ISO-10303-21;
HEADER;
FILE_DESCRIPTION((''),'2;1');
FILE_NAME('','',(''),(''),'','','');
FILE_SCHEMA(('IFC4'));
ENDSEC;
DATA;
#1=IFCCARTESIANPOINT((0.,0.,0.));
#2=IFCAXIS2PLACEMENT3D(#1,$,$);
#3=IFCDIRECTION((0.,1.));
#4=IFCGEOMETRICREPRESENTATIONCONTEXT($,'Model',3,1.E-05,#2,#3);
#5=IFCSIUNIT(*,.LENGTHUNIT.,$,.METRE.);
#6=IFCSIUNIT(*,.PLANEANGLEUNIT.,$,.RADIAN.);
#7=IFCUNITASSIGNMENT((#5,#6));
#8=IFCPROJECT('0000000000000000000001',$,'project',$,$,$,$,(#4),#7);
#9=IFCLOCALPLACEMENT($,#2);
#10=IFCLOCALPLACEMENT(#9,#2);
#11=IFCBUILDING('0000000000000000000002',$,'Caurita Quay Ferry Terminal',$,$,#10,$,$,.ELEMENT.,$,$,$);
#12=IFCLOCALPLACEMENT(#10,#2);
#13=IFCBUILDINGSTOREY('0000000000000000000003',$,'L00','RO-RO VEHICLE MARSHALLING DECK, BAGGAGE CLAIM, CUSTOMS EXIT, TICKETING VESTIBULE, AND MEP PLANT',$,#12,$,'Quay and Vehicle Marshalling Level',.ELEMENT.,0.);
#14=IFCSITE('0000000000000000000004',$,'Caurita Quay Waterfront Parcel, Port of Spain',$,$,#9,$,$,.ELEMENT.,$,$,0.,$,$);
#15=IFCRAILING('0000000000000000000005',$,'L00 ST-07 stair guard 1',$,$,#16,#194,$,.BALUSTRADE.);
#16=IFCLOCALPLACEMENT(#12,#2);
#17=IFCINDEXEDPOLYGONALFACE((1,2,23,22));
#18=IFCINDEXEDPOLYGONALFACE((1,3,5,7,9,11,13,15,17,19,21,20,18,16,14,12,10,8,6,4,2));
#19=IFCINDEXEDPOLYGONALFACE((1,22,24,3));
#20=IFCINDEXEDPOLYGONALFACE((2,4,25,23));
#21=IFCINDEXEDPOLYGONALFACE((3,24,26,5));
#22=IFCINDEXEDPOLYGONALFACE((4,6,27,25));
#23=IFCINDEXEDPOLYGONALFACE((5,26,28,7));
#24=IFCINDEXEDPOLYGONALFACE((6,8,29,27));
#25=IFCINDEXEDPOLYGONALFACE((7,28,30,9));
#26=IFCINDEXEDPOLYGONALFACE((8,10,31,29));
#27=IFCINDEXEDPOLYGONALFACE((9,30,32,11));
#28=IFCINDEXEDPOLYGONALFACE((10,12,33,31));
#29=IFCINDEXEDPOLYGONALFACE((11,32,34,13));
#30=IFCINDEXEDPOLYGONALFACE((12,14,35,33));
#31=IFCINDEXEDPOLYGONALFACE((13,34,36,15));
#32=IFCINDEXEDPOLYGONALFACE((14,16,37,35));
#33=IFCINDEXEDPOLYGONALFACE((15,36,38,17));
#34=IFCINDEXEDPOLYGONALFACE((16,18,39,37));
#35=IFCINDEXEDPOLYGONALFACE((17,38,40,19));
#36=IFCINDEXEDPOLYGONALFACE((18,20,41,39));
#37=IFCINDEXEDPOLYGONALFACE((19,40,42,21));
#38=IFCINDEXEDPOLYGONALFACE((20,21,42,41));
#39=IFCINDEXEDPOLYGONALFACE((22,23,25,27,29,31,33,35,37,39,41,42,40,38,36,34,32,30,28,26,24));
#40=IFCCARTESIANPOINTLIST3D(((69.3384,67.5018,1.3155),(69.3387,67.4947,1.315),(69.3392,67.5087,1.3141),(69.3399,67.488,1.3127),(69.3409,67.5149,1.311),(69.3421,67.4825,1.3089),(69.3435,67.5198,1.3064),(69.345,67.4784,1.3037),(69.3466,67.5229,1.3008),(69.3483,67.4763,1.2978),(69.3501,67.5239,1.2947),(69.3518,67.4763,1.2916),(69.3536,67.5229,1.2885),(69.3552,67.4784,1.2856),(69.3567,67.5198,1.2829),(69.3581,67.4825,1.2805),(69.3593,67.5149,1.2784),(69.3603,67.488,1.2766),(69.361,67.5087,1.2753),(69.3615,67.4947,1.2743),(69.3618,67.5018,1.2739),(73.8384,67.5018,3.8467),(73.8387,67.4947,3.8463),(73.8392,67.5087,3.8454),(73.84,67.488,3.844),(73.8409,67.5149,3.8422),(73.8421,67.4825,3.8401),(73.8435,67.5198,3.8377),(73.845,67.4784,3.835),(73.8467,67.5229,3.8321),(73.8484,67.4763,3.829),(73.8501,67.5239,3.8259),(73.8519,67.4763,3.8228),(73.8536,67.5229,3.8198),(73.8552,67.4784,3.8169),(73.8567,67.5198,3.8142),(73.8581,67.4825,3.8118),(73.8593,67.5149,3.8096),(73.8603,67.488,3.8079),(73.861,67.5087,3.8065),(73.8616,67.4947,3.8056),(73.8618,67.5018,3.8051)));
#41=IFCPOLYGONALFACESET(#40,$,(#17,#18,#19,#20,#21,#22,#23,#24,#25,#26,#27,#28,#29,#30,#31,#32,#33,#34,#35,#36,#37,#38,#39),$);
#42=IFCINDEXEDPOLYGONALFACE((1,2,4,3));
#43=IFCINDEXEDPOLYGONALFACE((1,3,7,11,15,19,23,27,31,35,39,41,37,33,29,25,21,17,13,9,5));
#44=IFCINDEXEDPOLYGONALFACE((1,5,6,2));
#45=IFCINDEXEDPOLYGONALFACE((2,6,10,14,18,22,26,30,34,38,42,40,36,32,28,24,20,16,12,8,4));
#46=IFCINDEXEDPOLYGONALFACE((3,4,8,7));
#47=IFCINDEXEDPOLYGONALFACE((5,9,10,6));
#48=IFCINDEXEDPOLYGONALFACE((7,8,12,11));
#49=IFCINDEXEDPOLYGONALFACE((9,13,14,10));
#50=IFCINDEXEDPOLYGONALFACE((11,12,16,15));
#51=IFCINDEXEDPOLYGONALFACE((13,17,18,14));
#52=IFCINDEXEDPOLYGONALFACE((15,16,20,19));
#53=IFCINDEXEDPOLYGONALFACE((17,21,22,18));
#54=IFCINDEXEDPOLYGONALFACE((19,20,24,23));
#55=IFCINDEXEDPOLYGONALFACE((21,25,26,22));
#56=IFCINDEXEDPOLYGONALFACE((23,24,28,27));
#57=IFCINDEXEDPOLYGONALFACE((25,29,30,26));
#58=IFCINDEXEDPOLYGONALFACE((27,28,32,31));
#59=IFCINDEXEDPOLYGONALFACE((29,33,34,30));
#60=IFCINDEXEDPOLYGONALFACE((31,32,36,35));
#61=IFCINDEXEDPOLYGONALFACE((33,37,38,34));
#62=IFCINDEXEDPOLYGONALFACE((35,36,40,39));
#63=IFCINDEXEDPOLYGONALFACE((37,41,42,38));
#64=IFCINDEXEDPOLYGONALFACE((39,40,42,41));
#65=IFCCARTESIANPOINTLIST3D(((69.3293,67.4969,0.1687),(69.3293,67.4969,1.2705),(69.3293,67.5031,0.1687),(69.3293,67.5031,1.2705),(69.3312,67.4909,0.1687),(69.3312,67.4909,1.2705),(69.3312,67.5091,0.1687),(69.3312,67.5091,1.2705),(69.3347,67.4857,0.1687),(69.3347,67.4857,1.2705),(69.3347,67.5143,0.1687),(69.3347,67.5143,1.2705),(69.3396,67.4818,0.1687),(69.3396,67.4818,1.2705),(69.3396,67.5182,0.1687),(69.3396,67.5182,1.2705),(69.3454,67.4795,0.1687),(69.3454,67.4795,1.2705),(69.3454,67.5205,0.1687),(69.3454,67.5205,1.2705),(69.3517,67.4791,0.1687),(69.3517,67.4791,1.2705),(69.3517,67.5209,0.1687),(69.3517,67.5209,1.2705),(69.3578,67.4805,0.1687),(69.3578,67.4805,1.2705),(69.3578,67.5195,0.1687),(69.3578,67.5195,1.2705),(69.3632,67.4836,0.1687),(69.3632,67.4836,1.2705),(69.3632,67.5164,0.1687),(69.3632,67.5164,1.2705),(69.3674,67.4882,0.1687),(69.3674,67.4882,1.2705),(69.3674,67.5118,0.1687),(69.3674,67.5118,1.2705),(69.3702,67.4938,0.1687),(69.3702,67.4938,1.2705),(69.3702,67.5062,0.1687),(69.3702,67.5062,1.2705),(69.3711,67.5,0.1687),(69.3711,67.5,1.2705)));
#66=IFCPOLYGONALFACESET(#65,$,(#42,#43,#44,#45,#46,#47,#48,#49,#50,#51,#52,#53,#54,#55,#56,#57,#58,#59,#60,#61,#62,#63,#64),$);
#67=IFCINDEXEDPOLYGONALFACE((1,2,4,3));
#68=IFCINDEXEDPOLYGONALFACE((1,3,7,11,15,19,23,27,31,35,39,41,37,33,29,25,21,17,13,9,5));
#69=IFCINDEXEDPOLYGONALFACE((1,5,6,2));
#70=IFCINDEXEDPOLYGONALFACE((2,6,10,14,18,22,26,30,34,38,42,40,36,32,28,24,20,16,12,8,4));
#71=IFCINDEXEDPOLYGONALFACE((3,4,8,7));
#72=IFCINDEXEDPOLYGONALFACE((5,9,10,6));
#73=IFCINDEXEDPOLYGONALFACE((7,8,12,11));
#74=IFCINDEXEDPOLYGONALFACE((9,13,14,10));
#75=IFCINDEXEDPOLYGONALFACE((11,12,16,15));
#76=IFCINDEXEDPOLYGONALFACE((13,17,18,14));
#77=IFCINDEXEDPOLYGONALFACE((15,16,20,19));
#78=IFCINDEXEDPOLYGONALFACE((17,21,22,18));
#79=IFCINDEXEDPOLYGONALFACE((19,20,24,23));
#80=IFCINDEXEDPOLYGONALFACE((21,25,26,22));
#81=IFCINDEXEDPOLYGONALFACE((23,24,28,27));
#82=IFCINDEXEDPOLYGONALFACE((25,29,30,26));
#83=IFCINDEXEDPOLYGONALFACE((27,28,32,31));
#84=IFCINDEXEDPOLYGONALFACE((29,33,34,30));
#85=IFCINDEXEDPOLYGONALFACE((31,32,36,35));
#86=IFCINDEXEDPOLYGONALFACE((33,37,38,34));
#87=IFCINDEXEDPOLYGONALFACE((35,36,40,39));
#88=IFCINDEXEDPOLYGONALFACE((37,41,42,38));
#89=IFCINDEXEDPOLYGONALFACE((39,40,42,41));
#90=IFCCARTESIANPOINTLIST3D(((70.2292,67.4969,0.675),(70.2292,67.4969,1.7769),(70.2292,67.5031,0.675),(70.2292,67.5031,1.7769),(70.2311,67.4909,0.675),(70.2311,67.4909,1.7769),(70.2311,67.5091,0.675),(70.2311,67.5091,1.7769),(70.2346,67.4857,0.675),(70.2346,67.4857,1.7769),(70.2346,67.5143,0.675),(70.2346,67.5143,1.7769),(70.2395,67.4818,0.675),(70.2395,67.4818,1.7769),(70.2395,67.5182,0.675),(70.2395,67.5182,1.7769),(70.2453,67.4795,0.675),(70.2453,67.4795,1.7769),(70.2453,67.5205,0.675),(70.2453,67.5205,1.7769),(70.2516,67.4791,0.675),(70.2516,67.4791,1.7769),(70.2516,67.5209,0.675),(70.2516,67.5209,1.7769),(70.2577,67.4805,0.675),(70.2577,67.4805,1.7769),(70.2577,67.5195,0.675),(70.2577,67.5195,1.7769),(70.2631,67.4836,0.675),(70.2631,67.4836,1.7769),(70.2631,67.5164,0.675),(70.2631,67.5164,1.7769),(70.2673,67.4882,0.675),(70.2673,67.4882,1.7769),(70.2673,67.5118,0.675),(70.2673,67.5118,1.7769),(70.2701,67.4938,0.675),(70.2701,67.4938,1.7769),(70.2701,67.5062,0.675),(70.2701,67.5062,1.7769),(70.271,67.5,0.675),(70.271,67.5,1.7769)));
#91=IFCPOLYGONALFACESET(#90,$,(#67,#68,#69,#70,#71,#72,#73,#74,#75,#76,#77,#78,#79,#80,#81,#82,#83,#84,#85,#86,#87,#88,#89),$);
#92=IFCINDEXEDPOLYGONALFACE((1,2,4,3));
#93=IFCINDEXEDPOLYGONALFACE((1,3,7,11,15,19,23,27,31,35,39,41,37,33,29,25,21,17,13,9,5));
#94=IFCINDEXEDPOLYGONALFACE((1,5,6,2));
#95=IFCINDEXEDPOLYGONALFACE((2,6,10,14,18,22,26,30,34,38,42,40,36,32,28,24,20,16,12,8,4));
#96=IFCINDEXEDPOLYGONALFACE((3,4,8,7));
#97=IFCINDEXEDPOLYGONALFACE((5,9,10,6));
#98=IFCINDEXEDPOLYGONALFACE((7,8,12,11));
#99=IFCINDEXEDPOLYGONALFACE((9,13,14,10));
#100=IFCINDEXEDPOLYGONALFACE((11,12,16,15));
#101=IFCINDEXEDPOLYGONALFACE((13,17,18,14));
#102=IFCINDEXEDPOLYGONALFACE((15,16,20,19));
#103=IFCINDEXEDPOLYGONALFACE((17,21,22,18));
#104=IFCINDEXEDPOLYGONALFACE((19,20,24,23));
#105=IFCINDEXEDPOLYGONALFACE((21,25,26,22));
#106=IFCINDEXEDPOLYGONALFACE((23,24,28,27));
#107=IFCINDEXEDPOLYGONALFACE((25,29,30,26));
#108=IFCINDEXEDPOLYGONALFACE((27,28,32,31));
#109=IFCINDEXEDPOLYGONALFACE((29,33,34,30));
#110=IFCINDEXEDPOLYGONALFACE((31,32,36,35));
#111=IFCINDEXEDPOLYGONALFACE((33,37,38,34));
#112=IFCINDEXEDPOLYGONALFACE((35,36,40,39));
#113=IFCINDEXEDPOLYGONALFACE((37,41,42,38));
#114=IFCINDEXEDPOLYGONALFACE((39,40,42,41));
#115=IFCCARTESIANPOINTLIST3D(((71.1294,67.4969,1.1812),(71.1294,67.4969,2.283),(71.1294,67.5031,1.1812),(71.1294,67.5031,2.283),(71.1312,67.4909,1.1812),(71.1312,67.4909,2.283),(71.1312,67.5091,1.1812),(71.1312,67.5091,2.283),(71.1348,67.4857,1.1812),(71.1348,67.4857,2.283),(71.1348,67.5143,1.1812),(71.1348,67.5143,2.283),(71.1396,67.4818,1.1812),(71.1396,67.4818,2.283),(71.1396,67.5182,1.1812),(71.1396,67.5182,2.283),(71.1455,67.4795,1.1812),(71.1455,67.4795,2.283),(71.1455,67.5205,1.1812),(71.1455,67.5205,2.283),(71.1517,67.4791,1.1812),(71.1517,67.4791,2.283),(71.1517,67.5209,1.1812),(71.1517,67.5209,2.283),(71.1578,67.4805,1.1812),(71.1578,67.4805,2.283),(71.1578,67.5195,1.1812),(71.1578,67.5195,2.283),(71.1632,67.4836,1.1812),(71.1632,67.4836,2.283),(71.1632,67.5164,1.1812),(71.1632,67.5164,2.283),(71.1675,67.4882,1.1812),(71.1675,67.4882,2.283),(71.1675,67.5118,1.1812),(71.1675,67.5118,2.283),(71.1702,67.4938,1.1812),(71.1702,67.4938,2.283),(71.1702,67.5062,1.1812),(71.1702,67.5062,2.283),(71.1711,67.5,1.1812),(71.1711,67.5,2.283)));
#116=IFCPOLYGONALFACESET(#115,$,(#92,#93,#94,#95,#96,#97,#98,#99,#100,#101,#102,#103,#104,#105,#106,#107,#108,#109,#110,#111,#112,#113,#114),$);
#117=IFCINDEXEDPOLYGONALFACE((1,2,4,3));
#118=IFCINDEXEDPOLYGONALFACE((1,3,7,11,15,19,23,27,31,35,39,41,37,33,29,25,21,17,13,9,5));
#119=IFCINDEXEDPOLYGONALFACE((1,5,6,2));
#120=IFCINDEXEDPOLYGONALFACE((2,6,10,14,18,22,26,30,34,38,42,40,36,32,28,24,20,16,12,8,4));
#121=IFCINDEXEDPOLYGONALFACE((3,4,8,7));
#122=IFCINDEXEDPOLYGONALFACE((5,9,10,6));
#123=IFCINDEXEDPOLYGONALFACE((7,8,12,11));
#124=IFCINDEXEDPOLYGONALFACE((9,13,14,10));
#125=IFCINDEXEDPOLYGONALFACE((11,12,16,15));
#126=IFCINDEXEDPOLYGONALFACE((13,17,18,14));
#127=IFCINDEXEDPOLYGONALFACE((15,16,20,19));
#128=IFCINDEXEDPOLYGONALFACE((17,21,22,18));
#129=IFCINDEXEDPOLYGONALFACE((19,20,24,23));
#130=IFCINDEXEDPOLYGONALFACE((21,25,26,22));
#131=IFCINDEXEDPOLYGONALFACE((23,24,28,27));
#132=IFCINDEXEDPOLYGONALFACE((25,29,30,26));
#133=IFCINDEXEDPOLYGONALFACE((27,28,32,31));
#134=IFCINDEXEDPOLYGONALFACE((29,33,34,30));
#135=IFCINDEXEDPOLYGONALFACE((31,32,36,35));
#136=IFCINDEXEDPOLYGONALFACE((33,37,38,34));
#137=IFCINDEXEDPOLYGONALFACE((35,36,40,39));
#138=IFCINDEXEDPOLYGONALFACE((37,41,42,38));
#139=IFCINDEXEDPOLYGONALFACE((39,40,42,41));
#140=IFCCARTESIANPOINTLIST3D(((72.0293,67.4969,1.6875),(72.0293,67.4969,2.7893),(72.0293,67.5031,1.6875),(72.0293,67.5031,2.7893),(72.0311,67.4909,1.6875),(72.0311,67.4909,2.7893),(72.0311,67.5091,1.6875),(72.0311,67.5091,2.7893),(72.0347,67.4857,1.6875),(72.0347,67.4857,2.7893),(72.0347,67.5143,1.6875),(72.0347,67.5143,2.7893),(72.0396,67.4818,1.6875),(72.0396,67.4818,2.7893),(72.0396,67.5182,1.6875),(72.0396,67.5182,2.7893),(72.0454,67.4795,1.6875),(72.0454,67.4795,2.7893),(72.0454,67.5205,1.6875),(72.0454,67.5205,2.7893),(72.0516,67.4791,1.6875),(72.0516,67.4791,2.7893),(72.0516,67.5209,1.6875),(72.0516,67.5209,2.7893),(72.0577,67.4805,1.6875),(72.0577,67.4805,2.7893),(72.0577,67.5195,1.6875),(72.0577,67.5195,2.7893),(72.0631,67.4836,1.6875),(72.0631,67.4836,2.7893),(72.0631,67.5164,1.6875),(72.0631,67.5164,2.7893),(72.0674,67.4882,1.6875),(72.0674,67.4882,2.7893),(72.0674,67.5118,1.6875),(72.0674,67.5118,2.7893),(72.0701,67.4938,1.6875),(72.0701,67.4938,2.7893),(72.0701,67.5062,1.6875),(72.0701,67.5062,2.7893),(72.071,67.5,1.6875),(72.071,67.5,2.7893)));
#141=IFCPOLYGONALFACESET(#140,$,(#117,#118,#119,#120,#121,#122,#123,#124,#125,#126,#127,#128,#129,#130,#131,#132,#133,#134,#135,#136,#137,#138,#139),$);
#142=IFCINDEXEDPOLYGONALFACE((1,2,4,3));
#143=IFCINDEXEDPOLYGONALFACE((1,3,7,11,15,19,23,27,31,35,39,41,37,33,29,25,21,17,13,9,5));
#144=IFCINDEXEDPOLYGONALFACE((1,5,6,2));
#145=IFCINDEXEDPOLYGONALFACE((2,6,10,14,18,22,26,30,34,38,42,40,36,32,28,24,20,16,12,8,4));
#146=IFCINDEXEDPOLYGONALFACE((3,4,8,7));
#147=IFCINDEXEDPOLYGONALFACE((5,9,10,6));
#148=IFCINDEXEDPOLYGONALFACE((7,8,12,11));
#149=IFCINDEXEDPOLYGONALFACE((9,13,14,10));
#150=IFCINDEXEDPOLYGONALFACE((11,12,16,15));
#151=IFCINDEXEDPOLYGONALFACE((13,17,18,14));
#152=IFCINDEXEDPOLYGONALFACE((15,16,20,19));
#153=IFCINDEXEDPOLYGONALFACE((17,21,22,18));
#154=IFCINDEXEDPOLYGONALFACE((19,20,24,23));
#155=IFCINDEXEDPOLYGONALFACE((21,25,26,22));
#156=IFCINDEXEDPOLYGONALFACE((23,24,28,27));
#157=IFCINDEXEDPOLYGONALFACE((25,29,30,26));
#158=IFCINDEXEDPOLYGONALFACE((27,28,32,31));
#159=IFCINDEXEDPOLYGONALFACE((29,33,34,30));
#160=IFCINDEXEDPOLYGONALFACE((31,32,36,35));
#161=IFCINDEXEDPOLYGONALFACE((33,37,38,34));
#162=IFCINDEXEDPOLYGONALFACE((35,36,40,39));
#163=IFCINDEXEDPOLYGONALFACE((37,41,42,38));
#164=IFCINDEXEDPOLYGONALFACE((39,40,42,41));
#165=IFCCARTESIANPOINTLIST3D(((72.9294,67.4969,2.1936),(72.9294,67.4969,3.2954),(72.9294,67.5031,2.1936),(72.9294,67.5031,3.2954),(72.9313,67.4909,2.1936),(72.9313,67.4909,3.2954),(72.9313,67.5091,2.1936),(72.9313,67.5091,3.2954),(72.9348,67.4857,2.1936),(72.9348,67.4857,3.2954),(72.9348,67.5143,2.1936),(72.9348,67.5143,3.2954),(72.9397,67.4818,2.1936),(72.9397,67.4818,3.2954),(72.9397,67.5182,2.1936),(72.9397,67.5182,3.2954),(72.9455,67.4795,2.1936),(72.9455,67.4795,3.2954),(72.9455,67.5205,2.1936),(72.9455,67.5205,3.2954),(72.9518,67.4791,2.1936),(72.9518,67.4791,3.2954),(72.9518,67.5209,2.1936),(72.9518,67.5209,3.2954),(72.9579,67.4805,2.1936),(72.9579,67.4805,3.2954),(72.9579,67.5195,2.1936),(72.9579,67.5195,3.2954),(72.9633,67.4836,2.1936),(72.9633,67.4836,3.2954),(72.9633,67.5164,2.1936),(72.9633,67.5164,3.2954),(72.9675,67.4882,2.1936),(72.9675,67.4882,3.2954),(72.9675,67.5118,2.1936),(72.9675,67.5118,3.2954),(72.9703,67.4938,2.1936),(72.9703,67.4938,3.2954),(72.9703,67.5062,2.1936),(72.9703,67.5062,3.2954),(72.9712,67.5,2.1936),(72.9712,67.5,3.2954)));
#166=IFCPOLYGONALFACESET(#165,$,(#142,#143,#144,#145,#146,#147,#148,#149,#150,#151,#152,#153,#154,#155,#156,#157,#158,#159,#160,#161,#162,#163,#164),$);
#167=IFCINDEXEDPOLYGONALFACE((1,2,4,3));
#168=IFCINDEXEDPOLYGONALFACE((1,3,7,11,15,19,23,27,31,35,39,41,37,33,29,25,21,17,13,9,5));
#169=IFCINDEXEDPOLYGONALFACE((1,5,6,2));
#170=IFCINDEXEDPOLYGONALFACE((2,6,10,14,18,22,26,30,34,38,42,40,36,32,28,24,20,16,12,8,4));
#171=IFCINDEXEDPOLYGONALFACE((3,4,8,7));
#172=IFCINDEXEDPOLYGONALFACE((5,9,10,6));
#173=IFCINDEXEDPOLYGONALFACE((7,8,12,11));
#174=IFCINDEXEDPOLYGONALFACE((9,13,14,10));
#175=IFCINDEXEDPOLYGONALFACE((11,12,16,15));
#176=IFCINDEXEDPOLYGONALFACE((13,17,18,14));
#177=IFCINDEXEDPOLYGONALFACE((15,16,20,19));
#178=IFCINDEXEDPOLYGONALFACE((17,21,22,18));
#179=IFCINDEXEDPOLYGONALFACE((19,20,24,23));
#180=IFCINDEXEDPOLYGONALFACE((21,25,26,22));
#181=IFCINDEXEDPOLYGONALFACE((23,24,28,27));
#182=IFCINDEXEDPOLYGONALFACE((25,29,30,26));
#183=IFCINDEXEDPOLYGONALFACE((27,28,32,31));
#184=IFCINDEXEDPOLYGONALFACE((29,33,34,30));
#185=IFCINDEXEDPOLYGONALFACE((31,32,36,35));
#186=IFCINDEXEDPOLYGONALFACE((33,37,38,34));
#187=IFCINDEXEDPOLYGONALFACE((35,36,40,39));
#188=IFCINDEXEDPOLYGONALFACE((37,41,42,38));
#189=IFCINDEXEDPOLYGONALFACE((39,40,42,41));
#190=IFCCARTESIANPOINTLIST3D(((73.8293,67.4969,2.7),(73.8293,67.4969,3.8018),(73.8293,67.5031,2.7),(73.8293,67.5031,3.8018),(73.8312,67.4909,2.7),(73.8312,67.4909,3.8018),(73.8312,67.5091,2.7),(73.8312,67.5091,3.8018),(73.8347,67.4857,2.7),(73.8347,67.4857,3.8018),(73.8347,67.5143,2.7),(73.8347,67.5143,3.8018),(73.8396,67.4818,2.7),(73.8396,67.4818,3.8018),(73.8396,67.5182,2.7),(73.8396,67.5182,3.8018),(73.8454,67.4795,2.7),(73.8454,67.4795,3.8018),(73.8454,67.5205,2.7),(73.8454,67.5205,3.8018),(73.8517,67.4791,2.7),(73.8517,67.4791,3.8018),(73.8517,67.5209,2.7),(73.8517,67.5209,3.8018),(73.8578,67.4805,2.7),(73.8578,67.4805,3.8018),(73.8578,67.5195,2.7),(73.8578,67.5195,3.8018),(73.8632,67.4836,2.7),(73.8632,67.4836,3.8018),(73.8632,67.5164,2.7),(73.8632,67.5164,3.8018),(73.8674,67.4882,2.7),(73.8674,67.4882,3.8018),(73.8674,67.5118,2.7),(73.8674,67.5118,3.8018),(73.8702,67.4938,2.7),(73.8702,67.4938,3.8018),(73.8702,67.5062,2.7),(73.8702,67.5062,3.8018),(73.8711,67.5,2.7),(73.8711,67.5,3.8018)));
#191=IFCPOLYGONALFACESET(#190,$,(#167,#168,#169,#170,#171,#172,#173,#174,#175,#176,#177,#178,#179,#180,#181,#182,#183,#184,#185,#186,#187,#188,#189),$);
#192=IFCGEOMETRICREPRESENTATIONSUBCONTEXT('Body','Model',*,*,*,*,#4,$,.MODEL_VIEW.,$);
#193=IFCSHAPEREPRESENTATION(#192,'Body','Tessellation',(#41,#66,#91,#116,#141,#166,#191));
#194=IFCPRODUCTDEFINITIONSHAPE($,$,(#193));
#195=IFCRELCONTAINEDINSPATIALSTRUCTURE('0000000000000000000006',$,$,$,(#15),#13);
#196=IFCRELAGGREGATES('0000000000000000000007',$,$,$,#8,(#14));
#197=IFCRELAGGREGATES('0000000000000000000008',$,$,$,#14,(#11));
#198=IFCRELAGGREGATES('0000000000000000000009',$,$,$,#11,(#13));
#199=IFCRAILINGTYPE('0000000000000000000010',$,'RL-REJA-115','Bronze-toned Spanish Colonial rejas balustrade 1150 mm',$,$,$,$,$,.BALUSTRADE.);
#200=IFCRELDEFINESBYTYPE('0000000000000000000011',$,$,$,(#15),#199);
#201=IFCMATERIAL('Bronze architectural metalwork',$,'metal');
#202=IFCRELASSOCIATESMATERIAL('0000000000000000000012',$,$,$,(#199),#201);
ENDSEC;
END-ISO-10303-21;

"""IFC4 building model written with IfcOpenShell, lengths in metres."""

from ifc_helpers import new_model, si_unit, direction, frame, origin, origin_2d, place, context, subcontext, project, spatial, circle, extrude, material, type_object, element, save


model = new_model("IFC4")

# Units and contexts
model_context = context("Model", 3, precision=1e-05, world=origin(), true_north=direction((0.0, 1.0)))
body_context = subcontext(model_context, "Body", "Model", "MODEL_VIEW")
ifc_project = project(units=[si_unit("LENGTHUNIT", "METRE"), si_unit("PLANEANGLEUNIT", "RADIAN")], contexts=[model_context])

# Site, building, storey
site_placement = place(None, origin())
site = spatial("IfcSite", under=ifc_project, at=site_placement, Name="Caurita Quay Waterfront Parcel, Port of Spain", CompositionType="ELEMENT", RefElevation=0.0)
building_placement = place(site_placement, origin())
building = spatial("IfcBuilding", under=site, at=building_placement, Name="Caurita Quay Ferry Terminal", CompositionType="ELEMENT")
storey_placement = place(building_placement, origin())
storey = spatial("IfcBuildingStorey", under=building, at=storey_placement, Name="L00", Description="RO-RO VEHICLE MARSHALLING DECK, BAGGAGE CLAIM, CUSTOMS EXIT, TICKETING VESTIBULE, AND MEP PLANT", LongName="Quay and Vehicle Marshalling Level", CompositionType="ELEMENT", Elevation=0.0)

# Railing
ifc_material_1 = material(Name="Bronze architectural metalwork", Category="metal")
railing_type_1 = type_object("IfcRailingType", Name="RL-REJA-115", Description="Bronze-toned Spanish Colonial rejas balustrade 1150 mm", PredefinedType="BALUSTRADE", material=ifc_material_1)
railing_1_placement = place(storey_placement, frame((69.3501, 67.5, 0.1687)))
element("IfcRailing", 1, at=railing_1_placement, inside=storey, type_object=railing_type_1, Name="L00 ST-07 stair guard 1", PredefinedType="BALUSTRADE", context=body_context, shape_type="SweptSolid", body=[
    extrude(circle(Radius=0.0239, at=origin_2d()), frame((0.0, 0.0, 1.126), z_axis=(0.871576, 0.0, 0.490261), x_axis=(0.0, 1.0, 0.0)), (0.0, 0.0, 1.0), 5.1631),
    extrude(circle(Radius=0.021, at=origin_2d()), origin(), (0.0, 0.0, 1.0), 1.1018),
    extrude(circle(Radius=0.021, at=origin_2d()), frame((0.8999, 0.0, 0.5063)), (0.0, 0.0, 1.0), 1.1018),
    extrude(circle(Radius=0.021, at=origin_2d()), frame((1.8, 0.0, 1.0125)), (0.0, 0.0, 1.0), 1.1018),
    extrude(circle(Radius=0.021, at=origin_2d()), frame((2.7, 0.0, 1.5188)), (0.0, 0.0, 1.0), 1.1018),
    extrude(circle(Radius=0.021, at=origin_2d()), frame((3.6001, 0.0, 2.0249)), (0.0, 0.0, 1.0), 1.1018),
    extrude(circle(Radius=0.021, at=origin_2d()), frame((4.5, 0.0, 2.5312)), (0.0, 0.0, 1.0), 1.1018),
])

save(model, "model.ifc")
